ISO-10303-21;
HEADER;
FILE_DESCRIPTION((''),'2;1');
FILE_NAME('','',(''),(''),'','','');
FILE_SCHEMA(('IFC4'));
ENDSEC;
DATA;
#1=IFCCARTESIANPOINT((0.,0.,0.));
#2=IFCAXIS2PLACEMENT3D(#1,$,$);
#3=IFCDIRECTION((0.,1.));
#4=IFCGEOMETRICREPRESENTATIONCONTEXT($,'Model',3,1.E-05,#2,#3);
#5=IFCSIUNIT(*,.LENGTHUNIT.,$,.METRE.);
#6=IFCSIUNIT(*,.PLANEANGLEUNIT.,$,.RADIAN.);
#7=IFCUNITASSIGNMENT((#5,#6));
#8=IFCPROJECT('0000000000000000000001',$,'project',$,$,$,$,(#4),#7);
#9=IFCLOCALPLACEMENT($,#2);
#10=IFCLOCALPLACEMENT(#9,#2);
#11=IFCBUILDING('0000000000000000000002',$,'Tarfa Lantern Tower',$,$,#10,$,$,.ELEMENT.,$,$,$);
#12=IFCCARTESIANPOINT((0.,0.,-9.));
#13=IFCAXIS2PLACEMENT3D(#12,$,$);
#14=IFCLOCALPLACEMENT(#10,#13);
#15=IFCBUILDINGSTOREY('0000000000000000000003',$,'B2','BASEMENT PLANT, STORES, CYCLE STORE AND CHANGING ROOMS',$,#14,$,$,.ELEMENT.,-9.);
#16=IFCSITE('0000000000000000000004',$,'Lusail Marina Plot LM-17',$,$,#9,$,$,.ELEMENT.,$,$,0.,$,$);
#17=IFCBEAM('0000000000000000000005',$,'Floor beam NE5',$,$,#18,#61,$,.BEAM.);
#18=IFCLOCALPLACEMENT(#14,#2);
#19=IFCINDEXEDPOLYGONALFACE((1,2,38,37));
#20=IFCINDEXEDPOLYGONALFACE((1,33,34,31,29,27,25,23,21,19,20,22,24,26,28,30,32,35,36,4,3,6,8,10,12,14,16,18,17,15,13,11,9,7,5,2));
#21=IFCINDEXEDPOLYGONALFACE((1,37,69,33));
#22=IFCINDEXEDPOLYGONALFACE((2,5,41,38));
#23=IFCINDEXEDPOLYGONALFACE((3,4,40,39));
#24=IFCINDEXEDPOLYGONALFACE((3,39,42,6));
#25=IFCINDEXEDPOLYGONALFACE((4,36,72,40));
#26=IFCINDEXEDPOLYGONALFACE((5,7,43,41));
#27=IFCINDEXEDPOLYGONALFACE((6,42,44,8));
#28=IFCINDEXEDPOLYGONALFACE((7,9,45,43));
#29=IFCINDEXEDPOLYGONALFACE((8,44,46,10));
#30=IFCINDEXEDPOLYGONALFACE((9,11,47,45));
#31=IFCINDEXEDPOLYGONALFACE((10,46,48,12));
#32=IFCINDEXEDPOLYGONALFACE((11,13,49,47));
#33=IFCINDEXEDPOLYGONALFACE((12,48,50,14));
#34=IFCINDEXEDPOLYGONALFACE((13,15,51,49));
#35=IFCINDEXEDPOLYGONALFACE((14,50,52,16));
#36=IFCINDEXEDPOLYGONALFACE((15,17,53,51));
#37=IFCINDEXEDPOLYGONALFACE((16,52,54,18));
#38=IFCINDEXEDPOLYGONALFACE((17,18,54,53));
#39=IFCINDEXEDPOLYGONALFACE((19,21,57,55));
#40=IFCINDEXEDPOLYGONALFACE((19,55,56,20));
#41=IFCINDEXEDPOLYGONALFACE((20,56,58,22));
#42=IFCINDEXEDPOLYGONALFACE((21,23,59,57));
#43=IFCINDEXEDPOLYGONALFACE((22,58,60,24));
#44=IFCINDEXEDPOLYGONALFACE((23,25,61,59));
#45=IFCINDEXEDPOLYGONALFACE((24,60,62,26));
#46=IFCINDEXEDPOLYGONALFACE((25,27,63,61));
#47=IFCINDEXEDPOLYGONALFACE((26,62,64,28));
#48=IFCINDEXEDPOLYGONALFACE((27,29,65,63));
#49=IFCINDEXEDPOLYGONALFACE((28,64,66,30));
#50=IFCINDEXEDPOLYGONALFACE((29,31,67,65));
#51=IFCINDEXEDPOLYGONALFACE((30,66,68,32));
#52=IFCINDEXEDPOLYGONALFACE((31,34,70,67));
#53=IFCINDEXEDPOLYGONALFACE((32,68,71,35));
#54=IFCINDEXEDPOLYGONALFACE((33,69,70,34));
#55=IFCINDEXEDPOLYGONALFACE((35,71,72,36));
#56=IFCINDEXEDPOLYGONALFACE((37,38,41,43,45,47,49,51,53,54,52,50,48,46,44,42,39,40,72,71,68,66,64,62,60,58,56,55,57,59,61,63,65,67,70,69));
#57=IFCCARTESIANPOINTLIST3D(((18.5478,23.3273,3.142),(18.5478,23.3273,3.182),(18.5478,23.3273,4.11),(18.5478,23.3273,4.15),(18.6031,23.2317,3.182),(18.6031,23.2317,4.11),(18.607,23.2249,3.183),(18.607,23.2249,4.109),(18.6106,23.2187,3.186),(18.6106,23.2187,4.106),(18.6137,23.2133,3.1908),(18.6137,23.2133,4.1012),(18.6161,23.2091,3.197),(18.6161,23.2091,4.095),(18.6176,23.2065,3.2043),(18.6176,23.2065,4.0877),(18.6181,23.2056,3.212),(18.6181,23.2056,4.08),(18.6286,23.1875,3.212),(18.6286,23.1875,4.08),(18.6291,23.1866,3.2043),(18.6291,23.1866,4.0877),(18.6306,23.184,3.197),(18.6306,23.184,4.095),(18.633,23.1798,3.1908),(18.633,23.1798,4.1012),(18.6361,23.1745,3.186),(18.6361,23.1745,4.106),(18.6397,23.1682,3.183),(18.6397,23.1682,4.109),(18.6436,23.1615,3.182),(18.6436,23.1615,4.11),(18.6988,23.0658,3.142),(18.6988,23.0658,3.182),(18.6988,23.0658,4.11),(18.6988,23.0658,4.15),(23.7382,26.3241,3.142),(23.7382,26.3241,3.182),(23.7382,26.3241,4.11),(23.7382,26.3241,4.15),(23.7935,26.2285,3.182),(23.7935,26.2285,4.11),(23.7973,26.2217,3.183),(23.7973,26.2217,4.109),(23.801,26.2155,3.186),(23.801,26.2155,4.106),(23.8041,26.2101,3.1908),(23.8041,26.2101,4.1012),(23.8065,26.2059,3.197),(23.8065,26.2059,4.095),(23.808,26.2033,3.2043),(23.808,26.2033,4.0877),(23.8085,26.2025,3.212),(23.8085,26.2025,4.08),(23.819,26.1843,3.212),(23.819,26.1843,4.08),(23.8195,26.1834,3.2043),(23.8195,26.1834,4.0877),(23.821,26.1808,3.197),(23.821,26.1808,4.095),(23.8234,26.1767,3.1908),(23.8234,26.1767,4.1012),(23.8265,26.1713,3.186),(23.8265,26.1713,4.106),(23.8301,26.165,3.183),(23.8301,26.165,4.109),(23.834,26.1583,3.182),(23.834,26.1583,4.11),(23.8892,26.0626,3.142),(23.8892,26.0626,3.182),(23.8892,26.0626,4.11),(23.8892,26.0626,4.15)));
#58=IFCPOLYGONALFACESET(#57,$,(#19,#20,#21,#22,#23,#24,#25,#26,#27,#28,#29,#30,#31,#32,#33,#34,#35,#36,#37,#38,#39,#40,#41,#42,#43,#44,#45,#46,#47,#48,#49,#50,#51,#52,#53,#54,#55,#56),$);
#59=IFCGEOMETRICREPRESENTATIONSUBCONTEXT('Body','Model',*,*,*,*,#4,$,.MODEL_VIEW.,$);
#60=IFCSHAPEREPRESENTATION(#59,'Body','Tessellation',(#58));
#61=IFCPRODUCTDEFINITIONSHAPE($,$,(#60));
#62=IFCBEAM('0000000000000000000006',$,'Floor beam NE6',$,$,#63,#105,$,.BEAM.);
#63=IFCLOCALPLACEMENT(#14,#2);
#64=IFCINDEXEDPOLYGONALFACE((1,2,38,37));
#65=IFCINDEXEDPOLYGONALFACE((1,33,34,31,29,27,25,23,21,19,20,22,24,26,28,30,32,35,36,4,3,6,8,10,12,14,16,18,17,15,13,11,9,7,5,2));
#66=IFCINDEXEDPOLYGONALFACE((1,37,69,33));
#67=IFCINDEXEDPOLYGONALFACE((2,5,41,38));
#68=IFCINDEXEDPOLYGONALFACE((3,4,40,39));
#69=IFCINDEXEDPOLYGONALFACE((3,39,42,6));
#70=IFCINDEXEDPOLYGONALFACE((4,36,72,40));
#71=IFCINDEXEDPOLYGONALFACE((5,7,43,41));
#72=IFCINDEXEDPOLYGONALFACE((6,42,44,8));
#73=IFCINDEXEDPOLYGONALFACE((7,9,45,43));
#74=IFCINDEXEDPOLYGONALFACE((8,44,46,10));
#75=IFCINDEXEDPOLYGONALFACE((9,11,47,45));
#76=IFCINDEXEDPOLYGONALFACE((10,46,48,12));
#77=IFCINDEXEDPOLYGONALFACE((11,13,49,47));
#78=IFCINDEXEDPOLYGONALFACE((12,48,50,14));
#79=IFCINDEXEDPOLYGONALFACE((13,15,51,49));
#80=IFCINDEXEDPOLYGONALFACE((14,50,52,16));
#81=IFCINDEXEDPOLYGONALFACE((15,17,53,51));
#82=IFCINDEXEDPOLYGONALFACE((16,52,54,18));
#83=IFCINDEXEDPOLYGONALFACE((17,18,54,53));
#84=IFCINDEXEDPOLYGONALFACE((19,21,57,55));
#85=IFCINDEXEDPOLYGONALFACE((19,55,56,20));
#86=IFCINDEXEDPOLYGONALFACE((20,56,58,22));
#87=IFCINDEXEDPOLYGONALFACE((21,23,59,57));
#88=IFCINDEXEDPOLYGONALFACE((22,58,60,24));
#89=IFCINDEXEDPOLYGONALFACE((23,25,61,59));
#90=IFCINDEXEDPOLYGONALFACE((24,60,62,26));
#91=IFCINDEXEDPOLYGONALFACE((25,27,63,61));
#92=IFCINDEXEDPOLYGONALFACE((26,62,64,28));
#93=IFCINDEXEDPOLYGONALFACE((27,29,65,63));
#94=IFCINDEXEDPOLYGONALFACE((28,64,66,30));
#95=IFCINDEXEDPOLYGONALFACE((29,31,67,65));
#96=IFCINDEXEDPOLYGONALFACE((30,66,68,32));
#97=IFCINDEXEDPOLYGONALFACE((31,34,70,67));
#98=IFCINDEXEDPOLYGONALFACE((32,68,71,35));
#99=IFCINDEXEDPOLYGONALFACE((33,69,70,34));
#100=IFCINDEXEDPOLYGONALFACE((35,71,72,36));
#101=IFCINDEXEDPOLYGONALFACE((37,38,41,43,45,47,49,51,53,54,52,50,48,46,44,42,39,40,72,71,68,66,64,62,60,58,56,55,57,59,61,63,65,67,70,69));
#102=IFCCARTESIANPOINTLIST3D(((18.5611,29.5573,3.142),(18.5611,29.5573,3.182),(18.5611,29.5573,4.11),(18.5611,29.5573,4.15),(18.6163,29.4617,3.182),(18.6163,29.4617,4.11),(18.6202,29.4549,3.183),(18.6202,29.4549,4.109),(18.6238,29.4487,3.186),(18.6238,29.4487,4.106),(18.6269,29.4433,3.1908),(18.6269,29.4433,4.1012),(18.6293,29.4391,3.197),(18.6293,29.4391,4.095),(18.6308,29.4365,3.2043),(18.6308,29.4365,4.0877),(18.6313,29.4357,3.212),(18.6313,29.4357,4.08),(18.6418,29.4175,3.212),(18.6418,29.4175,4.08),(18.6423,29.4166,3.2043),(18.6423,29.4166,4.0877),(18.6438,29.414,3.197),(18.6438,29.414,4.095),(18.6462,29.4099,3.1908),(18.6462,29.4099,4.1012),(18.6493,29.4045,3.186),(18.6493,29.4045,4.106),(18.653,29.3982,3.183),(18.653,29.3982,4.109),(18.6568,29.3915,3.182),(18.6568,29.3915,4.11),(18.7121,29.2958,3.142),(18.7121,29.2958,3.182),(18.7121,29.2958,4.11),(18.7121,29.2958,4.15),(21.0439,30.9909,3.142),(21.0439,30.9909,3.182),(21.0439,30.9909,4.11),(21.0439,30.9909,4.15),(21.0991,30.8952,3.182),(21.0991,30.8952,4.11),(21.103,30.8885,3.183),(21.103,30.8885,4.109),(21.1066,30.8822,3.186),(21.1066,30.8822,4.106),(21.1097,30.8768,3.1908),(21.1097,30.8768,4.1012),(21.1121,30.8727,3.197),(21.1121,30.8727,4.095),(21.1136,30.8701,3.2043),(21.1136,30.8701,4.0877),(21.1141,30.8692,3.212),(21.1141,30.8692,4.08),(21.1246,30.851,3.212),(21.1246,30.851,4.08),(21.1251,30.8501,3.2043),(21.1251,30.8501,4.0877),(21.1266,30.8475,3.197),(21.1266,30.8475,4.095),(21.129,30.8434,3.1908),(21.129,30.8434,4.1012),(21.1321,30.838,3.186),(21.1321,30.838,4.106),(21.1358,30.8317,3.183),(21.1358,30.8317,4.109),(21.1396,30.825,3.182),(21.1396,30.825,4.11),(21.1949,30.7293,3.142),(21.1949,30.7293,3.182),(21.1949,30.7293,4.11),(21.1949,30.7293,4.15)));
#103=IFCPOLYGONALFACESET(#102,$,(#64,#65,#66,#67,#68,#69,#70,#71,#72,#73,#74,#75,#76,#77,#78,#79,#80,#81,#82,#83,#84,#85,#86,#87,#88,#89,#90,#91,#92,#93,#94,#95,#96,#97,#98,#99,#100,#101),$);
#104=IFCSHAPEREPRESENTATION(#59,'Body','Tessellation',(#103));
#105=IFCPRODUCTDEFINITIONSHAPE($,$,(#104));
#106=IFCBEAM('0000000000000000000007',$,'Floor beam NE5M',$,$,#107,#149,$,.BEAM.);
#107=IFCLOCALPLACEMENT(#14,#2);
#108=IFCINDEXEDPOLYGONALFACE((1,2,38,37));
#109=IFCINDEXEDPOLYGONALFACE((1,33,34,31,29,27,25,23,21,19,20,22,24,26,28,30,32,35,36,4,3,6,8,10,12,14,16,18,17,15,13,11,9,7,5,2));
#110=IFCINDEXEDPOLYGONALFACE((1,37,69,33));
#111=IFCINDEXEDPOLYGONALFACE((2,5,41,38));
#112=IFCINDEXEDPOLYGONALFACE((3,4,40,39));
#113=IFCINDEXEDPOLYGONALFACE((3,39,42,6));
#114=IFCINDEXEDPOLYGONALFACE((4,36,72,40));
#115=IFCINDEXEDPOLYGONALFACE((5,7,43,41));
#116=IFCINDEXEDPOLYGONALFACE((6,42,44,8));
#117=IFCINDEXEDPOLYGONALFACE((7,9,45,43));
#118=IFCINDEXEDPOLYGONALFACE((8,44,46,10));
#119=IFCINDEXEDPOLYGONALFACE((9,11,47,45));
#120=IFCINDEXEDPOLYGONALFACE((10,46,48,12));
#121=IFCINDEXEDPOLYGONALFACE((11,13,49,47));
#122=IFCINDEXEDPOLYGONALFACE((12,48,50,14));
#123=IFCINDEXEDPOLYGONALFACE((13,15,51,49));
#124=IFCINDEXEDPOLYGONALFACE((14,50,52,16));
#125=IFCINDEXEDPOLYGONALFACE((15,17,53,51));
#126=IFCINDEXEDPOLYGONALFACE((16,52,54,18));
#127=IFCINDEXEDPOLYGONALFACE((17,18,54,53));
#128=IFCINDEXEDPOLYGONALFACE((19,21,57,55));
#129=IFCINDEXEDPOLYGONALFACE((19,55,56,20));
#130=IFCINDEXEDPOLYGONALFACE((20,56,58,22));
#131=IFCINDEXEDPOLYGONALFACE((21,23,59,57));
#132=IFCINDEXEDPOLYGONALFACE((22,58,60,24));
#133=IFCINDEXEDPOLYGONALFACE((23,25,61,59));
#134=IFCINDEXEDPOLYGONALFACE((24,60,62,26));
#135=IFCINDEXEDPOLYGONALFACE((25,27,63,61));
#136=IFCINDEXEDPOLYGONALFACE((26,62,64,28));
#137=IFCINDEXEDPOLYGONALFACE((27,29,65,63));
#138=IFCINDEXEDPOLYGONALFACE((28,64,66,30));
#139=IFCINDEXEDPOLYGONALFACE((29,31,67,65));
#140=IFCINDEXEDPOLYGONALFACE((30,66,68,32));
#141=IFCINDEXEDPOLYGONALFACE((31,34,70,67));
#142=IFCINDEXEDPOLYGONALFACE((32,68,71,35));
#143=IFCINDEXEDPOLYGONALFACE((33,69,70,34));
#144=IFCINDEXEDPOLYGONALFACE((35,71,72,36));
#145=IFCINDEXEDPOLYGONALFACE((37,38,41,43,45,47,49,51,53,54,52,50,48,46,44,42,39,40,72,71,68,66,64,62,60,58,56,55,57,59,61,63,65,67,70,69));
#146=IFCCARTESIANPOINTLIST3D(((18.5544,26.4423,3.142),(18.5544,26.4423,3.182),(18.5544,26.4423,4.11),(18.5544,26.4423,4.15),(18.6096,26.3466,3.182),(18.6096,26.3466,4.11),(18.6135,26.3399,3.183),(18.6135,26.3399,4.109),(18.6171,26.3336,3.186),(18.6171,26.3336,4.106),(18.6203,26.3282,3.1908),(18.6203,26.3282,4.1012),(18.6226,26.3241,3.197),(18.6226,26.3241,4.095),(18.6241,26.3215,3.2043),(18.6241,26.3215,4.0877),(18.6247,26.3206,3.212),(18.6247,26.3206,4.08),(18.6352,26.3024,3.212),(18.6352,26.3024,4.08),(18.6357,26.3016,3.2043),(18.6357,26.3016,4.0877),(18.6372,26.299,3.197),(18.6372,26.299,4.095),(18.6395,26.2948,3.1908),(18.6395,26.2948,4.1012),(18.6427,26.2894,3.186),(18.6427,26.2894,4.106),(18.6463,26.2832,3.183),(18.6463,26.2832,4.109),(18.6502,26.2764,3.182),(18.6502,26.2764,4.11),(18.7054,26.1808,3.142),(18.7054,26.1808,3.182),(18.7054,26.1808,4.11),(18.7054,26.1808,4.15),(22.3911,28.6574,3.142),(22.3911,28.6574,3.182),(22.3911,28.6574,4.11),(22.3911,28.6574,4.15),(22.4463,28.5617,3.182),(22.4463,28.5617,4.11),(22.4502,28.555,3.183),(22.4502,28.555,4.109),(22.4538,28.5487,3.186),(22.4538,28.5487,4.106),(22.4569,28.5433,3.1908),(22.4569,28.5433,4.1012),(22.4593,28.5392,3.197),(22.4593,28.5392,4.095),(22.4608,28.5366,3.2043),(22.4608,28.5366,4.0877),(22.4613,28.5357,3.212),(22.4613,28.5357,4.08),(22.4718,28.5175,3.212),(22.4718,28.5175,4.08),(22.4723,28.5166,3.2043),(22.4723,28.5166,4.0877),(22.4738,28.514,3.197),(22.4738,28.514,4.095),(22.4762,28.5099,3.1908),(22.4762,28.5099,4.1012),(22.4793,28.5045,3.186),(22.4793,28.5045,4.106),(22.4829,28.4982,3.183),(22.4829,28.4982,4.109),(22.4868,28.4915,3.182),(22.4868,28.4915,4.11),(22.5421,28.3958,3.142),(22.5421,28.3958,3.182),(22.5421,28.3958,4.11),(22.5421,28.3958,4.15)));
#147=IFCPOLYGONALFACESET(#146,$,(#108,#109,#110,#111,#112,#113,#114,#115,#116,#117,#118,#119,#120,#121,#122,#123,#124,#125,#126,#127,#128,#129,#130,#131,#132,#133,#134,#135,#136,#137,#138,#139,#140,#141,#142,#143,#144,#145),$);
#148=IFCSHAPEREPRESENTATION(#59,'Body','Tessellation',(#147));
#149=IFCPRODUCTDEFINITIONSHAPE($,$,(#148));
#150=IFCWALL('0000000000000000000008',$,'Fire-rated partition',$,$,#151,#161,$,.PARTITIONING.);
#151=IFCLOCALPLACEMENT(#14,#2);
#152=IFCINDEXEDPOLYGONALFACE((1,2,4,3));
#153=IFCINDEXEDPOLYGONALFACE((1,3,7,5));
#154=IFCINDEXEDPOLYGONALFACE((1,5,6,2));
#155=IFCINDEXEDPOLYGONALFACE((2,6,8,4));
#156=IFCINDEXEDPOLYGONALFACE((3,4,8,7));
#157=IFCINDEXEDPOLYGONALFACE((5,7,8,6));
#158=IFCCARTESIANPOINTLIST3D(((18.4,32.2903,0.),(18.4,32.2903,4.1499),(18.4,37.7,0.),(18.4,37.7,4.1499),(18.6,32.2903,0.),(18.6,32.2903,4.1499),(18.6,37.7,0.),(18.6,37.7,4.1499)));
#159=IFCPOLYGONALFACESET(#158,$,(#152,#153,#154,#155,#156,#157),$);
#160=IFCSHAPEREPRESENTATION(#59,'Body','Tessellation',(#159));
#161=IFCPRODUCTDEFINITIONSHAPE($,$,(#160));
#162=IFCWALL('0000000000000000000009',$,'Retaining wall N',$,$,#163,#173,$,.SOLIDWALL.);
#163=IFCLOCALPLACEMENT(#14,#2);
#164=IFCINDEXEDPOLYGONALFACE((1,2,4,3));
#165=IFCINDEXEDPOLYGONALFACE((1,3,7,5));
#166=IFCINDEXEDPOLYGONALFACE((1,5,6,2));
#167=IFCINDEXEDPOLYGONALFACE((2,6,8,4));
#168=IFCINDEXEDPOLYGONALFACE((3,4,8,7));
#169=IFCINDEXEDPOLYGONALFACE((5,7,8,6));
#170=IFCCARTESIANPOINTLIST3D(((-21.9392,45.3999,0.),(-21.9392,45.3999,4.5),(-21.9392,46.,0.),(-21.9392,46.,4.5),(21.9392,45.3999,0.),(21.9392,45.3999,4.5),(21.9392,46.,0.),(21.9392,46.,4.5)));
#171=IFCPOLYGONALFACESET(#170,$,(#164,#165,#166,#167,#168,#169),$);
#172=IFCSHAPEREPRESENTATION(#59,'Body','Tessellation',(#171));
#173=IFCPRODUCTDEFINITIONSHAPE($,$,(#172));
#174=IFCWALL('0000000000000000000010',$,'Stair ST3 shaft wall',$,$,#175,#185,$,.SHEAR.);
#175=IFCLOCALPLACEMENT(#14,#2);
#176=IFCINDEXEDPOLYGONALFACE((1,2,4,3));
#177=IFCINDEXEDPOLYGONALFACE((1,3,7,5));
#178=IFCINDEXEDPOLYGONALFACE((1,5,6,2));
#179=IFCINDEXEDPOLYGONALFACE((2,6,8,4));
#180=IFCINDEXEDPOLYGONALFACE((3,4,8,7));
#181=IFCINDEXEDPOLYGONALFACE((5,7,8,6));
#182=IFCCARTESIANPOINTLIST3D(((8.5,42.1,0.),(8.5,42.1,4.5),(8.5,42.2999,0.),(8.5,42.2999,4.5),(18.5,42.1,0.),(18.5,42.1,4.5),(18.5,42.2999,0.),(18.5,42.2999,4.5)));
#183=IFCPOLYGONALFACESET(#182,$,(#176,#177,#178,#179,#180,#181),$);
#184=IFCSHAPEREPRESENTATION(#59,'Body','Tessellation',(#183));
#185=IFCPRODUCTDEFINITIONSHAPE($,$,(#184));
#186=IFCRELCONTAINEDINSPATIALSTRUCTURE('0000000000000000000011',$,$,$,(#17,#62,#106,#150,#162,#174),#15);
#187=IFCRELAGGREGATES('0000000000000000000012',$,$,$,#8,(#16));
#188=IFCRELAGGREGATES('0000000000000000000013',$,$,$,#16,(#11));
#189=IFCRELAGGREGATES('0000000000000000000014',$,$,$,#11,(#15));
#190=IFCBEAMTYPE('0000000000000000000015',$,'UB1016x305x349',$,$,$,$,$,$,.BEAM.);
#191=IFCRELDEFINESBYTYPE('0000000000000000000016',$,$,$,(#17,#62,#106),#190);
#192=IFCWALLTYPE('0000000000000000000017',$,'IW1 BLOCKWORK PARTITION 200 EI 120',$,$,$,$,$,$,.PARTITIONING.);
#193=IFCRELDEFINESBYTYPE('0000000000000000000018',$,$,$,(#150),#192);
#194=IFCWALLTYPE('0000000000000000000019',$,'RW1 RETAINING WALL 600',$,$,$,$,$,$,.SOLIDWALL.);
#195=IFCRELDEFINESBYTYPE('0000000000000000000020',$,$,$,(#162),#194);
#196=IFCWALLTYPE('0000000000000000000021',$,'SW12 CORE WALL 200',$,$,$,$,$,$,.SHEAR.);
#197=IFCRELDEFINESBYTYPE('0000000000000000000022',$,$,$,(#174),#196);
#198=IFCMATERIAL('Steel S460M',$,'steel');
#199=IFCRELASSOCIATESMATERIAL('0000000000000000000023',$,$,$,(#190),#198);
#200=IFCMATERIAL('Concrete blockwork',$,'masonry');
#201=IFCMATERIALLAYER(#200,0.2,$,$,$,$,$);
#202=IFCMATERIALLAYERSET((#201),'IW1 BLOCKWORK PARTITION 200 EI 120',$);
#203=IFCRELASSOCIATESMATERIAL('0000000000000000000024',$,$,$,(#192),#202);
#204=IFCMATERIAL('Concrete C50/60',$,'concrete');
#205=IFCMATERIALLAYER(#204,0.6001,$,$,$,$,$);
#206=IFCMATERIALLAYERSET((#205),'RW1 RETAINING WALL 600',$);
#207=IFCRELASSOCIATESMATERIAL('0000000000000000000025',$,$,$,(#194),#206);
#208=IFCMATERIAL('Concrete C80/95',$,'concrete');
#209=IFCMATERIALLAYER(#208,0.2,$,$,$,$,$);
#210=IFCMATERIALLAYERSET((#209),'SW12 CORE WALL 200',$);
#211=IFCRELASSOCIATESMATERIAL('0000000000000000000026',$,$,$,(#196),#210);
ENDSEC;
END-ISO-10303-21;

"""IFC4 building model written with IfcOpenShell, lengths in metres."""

from ifc_helpers import new_model, si_unit, direction, frame, frame_2d, origin, origin_2d, place, context, subcontext, project, spatial, rectangle, i_section, extrude, material, layer, layer_set, material_profile, profile_set, type_object, element, save


model = new_model("IFC4")

# Units and contexts
model_context = context("Model", 3, precision=1e-05, world=origin(), true_north=direction((0.0, 1.0)))
body_context = subcontext(model_context, "Body", "Model", "MODEL_VIEW")
ifc_project = project(units=[si_unit("LENGTHUNIT", "METRE"), si_unit("PLANEANGLEUNIT", "RADIAN")], contexts=[model_context])

# Site, building, storey
site_placement = place(None, origin())
site = spatial("IfcSite", under=ifc_project, at=site_placement, Name="Lusail Marina Plot LM-17", CompositionType="ELEMENT", RefElevation=0.0)
building_placement = place(site_placement, origin())
building = spatial("IfcBuilding", under=site, at=building_placement, Name="Tarfa Lantern Tower", CompositionType="ELEMENT")
storey_placement = place(building_placement, frame((0.0, 0.0, -9.0)))
storey = spatial("IfcBuildingStorey", under=building, at=storey_placement, Name="B2", Description="BASEMENT PLANT, STORES, CYCLE STORE AND CHANGING ROOMS", CompositionType="ELEMENT", Elevation=-9.0)

# Shared definitions
ifc_material_1 = material(Name="Concrete C80/95", Category="concrete")

# Beams
ifc_material_2 = material(Name="Steel S460M", Category="steel")
ifc_material_profile_1 = material_profile(ifc_material_2, i_section(OverallWidth=0.302, OverallDepth=1.0081, WebThickness=0.021, FlangeThickness=0.04, FilletRadius=0.03, at=origin_2d()), Name="UB1016x305x349")
ifc_profile_set_1 = profile_set([ifc_material_profile_1], Name="Steel S460M")
beam_type_1 = type_object("IfcBeamType", Name="UB1016x305x349", PredefinedType="BEAM", material=ifc_profile_set_1)
beam_1_placement = place(storey_placement, frame((23.8137, 26.1934, 3.646), z_axis=(-0.866016, -0.500016, 0.0), x_axis=(0.500016, -0.866016, 0.0)))
element("IfcBeam", 1, at=beam_1_placement, inside=storey, type_object=beam_type_1, Name="Floor beam NE5", PredefinedType="BEAM", context=body_context, shape_type="SweptSolid", body=[
    extrude(i_section(OverallWidth=0.302, OverallDepth=1.0081, WebThickness=0.021, FlangeThickness=0.04, FilletRadius=0.03, at=origin_2d()), origin(), (0.0, 0.0, 1.0), 5.9934),
])
beam_2_placement = place(storey_placement, frame((21.1194, 30.8601, 3.646), z_axis=(-0.866013, -0.500022, 0.0), x_axis=(0.500022, -0.866013, 0.0)))
element("IfcBeam", 2, at=beam_2_placement, inside=storey, type_object=beam_type_1, Name="Floor beam NE6", PredefinedType="BEAM", context=body_context, shape_type="SweptSolid", body=[
    extrude(i_section(OverallWidth=0.302, OverallDepth=1.0081, WebThickness=0.021, FlangeThickness=0.04, FilletRadius=0.03, at=origin_2d()), origin(), (0.0, 0.0, 1.0), 2.8669),
])
beam_3_placement = place(storey_placement, frame((22.4666, 28.5266, 3.646), z_axis=(-0.866027, -0.499998, 0.0), x_axis=(0.499998, -0.866027, 0.0)))
element("IfcBeam", 3, at=beam_3_placement, inside=storey, type_object=beam_type_1, Name="Floor beam NE5M", PredefinedType="BEAM", context=body_context, shape_type="SweptSolid", body=[
    extrude(i_section(OverallWidth=0.302, OverallDepth=1.0081, WebThickness=0.021, FlangeThickness=0.04, FilletRadius=0.03, at=origin_2d()), origin(), (0.0, 0.0, 1.0), 4.4302),
])

# Walls
ifc_material_3 = material(Name="Concrete blockwork", Category="masonry")
ifc_layer_1 = layer(ifc_material_3, 0.2)
ifc_layer_set_1 = layer_set([ifc_layer_1], Name="IW1 BLOCKWORK PARTITION 200 EI 120")
wall_type_1 = type_object("IfcWallType", Name="IW1 BLOCKWORK PARTITION 200 EI 120", PredefinedType="PARTITIONING", material=ifc_layer_set_1)
wall_1_placement = place(storey_placement, frame((18.5, 32.2903, 0.0), z_axis=(0.0, 0.0, 1.0), x_axis=(0.0, 1.0, 0.0)))
element("IfcWall", 4, at=wall_1_placement, inside=storey, type_object=wall_type_1, Name="Fire-rated partition", PredefinedType="PARTITIONING", context=body_context, shape_type="SweptSolid", body=[
    extrude(rectangle(XDim=5.4097, YDim=0.2, at=frame_2d((2.7048, 0.0))), origin(), (0.0, 0.0, 1.0), 4.1499),
])
ifc_material_4 = material(Name="Concrete C50/60", Category="concrete")
ifc_layer_2 = layer(ifc_material_4, 0.6001)
ifc_layer_set_2 = layer_set([ifc_layer_2], Name="RW1 RETAINING WALL 600")
wall_type_2 = type_object("IfcWallType", Name="RW1 RETAINING WALL 600", PredefinedType="SOLIDWALL", material=ifc_layer_set_2)
wall_2_placement = place(storey_placement, frame((21.9392, 45.7, 0.0), z_axis=(0.0, 0.0, 1.0), x_axis=(-1.0, 0.0, 0.0)))
element("IfcWall", 5, at=wall_2_placement, inside=storey, type_object=wall_type_2, Name="Retaining wall N", PredefinedType="SOLIDWALL", context=body_context, shape_type="SweptSolid", body=[
    extrude(rectangle(XDim=43.8784, YDim=0.6001, at=frame_2d((21.9392, 0.0))), origin(), (0.0, 0.0, 1.0), 4.5),
])
ifc_layer_3 = layer(ifc_material_1, 0.2)
ifc_layer_set_3 = layer_set([ifc_layer_3], Name="SW12 CORE WALL 200")
wall_type_3 = type_object("IfcWallType", Name="SW12 CORE WALL 200", PredefinedType="SHEAR", material=ifc_layer_set_3)
wall_3_placement = place(storey_placement, frame((18.5, 42.2, 0.0), z_axis=(0.0, 0.0, 1.0), x_axis=(-1.0, 0.0, 0.0)))
element("IfcWall", 6, at=wall_3_placement, inside=storey, type_object=wall_type_3, Name="Stair ST3 shaft wall", PredefinedType="SHEAR", context=body_context, shape_type="SweptSolid", body=[
    extrude(rectangle(XDim=10.0, YDim=0.2, at=frame_2d((5.0, 0.0))), origin(), (0.0, 0.0, 1.0), 4.5),
])

save(model, "model.ifc")
